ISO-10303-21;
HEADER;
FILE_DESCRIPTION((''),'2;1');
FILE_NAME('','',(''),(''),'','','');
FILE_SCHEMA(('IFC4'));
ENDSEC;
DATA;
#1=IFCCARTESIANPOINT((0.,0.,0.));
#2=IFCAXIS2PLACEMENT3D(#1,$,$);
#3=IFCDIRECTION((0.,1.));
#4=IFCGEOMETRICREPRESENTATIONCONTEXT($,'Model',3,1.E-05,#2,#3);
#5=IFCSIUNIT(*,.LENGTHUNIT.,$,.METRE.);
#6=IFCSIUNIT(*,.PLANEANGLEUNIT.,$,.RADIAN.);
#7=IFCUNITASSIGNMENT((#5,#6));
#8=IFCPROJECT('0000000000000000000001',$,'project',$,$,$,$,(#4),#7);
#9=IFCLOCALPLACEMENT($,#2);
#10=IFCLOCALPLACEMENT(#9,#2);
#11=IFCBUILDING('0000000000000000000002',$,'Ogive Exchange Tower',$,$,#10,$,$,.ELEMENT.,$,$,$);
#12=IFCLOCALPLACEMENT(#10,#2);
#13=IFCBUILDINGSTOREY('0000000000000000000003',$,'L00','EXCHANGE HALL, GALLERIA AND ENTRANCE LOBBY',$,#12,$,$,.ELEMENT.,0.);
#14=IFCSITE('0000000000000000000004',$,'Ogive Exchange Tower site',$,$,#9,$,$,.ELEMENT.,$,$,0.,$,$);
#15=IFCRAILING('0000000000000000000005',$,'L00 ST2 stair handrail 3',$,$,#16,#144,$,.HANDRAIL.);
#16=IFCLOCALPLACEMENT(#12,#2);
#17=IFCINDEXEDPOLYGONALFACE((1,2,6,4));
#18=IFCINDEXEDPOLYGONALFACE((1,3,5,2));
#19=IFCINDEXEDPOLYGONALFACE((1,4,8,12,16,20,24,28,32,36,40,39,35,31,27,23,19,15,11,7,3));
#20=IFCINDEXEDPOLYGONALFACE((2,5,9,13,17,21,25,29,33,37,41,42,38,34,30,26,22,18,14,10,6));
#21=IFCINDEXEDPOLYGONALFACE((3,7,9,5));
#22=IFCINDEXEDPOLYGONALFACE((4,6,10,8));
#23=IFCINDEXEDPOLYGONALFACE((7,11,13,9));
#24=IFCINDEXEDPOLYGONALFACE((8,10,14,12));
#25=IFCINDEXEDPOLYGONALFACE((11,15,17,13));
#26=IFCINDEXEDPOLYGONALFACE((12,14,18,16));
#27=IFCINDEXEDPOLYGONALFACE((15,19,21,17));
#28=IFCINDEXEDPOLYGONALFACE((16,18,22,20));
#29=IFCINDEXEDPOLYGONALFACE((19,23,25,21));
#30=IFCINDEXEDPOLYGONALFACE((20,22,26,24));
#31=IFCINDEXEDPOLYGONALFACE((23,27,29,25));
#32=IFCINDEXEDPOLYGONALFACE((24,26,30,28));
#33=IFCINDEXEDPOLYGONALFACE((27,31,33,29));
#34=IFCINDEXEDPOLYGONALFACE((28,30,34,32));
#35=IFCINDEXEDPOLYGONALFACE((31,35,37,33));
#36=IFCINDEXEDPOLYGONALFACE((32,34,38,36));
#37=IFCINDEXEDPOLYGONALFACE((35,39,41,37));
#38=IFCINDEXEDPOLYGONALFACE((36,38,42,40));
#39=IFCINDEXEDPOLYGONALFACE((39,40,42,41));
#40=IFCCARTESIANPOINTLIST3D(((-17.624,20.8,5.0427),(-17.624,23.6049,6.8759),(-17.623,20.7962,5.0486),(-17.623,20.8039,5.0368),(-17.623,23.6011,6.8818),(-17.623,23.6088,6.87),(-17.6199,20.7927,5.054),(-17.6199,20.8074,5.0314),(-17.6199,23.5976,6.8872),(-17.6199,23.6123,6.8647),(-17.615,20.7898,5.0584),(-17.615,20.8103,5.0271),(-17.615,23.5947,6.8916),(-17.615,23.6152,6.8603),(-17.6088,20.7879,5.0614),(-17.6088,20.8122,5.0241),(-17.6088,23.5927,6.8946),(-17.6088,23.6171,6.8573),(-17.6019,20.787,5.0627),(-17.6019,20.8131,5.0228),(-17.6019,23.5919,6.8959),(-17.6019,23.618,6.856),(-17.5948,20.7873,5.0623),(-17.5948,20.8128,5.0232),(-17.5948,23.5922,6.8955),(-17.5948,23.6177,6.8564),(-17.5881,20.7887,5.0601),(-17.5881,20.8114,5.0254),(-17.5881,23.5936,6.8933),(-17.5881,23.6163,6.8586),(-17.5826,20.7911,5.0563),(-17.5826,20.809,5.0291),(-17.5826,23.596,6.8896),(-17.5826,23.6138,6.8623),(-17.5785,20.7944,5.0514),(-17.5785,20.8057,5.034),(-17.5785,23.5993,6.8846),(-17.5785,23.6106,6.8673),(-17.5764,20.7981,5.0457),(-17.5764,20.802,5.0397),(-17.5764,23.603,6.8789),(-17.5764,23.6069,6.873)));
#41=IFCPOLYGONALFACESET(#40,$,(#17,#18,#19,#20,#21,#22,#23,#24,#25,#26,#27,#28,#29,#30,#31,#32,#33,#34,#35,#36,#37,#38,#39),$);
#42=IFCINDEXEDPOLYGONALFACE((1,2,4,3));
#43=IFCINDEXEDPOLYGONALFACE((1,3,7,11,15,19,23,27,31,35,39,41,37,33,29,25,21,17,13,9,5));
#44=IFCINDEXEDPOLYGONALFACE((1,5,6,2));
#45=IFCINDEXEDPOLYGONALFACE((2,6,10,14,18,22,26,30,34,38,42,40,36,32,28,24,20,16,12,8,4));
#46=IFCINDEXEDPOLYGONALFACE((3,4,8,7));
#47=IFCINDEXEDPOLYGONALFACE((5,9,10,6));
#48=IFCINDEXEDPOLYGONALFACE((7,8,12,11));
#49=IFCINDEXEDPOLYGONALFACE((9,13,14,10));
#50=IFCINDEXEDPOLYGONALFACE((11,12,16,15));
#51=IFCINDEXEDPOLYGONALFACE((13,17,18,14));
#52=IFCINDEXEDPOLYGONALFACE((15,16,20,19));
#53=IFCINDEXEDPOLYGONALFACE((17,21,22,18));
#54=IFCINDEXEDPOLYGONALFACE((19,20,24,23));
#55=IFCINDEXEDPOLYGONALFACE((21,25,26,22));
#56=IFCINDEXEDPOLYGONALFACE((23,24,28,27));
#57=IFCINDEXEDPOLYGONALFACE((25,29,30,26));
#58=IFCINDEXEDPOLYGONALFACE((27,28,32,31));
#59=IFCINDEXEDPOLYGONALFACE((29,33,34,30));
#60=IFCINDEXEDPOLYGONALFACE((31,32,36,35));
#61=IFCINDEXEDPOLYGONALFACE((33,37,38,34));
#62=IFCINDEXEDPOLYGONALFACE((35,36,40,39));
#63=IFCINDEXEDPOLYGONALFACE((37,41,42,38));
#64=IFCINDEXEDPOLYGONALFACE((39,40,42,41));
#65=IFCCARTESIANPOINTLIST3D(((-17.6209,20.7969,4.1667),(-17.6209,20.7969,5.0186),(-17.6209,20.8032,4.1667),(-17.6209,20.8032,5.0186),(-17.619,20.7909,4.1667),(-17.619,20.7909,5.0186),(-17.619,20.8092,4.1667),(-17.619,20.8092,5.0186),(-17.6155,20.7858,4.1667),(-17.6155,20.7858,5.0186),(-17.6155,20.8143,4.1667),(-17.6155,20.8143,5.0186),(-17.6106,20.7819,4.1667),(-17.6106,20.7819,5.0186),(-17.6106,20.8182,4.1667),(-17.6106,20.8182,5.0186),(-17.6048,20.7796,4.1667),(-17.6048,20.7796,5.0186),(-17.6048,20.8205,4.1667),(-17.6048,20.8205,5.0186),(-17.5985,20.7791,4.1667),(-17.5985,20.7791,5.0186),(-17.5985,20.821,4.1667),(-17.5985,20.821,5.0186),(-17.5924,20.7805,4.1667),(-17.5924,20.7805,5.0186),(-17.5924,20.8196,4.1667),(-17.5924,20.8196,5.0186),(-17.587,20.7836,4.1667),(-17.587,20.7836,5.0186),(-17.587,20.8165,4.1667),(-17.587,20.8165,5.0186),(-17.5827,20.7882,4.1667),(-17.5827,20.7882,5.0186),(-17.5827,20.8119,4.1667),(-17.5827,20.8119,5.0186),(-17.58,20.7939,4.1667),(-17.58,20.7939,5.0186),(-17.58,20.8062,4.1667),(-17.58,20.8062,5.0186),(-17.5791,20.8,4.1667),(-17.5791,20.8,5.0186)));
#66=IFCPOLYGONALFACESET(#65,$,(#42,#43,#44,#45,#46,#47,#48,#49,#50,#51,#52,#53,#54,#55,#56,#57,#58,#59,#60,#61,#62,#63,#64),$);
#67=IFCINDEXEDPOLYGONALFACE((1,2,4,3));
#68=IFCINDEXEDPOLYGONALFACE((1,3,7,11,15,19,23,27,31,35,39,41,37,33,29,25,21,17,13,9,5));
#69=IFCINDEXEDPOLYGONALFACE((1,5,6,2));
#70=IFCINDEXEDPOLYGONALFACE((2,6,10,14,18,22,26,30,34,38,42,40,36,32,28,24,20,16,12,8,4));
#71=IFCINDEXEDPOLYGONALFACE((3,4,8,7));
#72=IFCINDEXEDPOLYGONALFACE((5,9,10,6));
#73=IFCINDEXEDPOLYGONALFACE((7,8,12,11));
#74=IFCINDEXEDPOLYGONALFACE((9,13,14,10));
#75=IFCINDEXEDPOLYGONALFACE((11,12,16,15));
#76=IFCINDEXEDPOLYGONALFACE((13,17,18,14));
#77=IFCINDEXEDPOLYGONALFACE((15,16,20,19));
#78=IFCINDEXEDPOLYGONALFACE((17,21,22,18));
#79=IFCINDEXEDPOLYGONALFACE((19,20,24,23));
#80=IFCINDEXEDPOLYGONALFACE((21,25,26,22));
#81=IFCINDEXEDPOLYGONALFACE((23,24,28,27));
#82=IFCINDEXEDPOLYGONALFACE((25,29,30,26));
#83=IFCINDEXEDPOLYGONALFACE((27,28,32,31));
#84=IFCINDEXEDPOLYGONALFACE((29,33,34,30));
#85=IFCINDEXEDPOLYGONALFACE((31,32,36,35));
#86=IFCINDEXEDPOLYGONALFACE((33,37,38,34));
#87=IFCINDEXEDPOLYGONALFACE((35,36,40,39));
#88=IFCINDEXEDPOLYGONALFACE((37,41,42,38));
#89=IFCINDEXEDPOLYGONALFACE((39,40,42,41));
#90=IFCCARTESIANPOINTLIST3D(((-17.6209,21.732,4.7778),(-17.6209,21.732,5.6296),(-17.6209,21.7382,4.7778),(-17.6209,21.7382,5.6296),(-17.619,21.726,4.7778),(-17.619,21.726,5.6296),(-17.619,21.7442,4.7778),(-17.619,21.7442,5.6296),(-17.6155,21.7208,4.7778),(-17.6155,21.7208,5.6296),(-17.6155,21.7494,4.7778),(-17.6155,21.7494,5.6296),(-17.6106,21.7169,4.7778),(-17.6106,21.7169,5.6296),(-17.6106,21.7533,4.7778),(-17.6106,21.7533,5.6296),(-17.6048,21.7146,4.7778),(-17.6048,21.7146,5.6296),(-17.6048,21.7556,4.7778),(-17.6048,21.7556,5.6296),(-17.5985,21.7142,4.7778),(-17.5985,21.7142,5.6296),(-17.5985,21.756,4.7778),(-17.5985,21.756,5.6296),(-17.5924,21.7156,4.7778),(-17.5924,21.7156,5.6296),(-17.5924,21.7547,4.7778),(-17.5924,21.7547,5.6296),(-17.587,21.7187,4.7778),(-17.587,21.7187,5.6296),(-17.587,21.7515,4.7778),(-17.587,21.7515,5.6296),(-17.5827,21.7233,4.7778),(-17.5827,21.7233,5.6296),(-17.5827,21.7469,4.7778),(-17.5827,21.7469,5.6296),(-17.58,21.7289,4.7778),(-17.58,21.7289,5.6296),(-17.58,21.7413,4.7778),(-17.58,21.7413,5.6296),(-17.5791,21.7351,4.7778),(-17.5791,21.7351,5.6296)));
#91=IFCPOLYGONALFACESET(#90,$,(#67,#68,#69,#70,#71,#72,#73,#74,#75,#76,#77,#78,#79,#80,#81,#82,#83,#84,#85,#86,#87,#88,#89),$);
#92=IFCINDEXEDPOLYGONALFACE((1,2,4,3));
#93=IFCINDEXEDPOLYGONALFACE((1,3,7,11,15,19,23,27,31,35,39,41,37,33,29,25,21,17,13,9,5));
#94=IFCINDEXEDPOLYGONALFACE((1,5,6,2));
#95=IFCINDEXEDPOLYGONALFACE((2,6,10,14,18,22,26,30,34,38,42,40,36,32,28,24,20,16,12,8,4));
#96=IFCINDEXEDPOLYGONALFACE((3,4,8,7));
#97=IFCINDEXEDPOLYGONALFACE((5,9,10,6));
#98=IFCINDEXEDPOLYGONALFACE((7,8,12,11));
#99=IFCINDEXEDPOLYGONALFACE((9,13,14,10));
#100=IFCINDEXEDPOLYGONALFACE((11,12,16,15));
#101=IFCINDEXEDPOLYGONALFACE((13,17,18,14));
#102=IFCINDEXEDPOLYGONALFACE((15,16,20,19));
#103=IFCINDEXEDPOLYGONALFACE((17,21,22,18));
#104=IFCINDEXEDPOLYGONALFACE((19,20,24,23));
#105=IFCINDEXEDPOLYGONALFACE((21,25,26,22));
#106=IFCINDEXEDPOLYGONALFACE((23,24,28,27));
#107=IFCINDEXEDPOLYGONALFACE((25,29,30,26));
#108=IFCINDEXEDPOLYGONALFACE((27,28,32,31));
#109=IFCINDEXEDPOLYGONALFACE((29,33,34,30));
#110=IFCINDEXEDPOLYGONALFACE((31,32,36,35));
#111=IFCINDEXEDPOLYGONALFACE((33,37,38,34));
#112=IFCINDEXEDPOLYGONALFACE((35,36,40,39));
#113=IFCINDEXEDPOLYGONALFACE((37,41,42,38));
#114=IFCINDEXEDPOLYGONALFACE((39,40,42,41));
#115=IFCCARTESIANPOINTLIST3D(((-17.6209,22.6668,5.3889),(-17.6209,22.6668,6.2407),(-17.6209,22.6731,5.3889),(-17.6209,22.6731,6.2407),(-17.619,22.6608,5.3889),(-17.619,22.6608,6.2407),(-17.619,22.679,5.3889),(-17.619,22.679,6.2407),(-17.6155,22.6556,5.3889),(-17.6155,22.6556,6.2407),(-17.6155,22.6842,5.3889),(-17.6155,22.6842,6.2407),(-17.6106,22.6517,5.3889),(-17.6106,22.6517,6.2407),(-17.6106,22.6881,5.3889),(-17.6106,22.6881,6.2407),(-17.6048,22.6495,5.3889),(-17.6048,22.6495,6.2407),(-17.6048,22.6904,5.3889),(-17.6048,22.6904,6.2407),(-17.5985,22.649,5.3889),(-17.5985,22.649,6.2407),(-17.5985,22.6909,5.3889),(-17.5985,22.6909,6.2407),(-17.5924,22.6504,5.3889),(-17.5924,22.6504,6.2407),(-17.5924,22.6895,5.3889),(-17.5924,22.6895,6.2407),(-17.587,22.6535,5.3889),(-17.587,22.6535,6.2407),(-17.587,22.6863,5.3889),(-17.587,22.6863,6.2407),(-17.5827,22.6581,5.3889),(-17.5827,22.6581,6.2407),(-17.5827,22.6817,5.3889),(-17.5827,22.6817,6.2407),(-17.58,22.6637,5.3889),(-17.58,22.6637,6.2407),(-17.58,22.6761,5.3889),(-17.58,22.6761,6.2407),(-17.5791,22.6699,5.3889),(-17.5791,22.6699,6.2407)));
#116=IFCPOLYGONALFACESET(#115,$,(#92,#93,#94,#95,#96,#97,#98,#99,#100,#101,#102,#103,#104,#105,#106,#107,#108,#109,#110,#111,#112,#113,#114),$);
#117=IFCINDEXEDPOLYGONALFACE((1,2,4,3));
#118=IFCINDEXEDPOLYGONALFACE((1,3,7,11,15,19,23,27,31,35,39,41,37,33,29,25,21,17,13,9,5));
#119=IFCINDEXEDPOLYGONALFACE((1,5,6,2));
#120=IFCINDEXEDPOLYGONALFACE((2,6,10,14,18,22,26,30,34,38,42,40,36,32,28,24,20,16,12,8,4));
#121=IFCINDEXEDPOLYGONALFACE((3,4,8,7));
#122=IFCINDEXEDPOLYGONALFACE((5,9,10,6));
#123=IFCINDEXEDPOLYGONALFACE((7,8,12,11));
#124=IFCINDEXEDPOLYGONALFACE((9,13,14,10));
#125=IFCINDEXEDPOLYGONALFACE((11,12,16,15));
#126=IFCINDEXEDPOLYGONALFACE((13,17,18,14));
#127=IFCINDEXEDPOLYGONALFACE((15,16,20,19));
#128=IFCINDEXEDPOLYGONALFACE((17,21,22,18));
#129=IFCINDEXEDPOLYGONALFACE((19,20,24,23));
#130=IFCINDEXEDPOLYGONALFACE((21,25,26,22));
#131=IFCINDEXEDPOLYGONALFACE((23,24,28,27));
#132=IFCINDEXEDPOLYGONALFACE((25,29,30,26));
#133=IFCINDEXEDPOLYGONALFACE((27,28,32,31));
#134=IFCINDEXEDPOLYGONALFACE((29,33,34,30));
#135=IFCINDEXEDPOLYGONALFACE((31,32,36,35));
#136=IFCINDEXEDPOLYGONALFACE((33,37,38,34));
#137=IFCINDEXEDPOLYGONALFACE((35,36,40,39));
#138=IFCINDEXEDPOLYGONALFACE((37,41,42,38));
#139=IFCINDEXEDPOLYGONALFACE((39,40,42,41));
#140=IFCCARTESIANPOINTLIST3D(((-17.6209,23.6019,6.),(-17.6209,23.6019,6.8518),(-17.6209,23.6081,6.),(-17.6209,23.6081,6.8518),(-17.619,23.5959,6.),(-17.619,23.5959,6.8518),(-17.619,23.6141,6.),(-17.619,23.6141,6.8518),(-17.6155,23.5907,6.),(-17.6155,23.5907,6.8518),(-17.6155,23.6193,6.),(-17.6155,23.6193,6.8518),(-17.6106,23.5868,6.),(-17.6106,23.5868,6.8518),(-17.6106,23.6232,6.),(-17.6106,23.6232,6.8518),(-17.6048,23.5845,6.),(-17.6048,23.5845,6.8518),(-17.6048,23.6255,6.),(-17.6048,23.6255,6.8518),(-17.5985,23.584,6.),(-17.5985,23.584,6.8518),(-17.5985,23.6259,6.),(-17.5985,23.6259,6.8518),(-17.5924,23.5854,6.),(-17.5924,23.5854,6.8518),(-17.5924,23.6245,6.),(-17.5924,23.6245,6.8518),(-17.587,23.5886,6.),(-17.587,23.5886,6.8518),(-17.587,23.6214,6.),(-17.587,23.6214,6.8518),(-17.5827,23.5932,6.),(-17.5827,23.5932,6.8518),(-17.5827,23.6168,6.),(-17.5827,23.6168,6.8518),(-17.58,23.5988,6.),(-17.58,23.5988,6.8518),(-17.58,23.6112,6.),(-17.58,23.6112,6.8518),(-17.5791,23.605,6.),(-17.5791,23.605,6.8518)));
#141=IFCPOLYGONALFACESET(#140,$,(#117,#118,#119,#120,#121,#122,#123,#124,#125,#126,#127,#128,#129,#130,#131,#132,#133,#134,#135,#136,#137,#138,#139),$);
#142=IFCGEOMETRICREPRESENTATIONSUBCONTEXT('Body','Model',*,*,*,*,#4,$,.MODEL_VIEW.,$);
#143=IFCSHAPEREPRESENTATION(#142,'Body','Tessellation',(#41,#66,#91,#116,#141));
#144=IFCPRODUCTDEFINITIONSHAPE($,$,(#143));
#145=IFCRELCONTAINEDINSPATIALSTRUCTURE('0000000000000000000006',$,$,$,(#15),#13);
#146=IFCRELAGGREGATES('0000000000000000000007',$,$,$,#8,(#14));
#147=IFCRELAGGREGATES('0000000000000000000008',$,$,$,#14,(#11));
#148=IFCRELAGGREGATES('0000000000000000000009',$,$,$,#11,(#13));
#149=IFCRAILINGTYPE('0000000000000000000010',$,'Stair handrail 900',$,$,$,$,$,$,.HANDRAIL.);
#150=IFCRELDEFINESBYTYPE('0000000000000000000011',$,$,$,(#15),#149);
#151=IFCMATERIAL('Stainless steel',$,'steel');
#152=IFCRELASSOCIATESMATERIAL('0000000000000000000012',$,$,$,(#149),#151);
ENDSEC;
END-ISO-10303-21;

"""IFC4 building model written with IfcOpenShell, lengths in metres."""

from ifc_helpers import new_model, si_unit, direction, frame, origin, origin_2d, place, context, subcontext, project, spatial, circle, extrude, material, type_object, element, save


model = new_model("IFC4")

# Units and contexts
model_context = context("Model", 3, precision=1e-05, world=origin(), true_north=direction((0.0, 1.0)))
body_context = subcontext(model_context, "Body", "Model", "MODEL_VIEW")
ifc_project = project(units=[si_unit("LENGTHUNIT", "METRE"), si_unit("PLANEANGLEUNIT", "RADIAN")], contexts=[model_context])

# Site, building, storey
site_placement = place(None, origin())
site = spatial("IfcSite", under=ifc_project, at=site_placement, Name="Ogive Exchange Tower site", CompositionType="ELEMENT", RefElevation=0.0)
building_placement = place(site_placement, origin())
building = spatial("IfcBuilding", under=site, at=building_placement, Name="Ogive Exchange Tower", CompositionType="ELEMENT")
storey_placement = place(building_placement, origin())
storey = spatial("IfcBuildingStorey", under=building, at=storey_placement, Name="L00", Description="EXCHANGE HALL, GALLERIA AND ENTRANCE LOBBY", CompositionType="ELEMENT", Elevation=0.0)

# Railing
ifc_material_1 = material(Name="Stainless steel", Category="steel")
railing_type = type_object("IfcRailingType", Name="Stair handrail 900", PredefinedType="HANDRAIL", material=ifc_material_1)
railing_1_placement = place(storey_placement, frame((-17.6001, 20.8, 4.1667)))
element("IfcRailing", 1, at=railing_1_placement, inside=storey, type_object=railing_type, Name="L00 ST2 stair handrail 3", PredefinedType="HANDRAIL", context=body_context, shape_type="SweptSolid", body=[
    extrude(circle(Radius=0.0239, at=origin_2d()), frame((0.0, 0.0, 0.876), z_axis=(0.0, 0.837071, 0.547094), x_axis=(-1.0, 0.0, 0.0)), (0.0, 0.0, 1.0), 3.3508),
    extrude(circle(Radius=0.021, at=origin_2d()), origin(), (0.0, 0.0, 1.0), 0.8518),
    extrude(circle(Radius=0.021, at=origin_2d()), frame((0.0, 0.9351, 0.6111)), (0.0, 0.0, 1.0), 0.8518),
    extrude(circle(Radius=0.021, at=origin_2d()), frame((0.0, 1.8699, 1.2222)), (0.0, 0.0, 1.0), 0.8518),
    extrude(circle(Radius=0.021, at=origin_2d()), frame((0.0, 2.8049, 1.8333)), (0.0, 0.0, 1.0), 0.8518),
])

save(model, "model.ifc")
